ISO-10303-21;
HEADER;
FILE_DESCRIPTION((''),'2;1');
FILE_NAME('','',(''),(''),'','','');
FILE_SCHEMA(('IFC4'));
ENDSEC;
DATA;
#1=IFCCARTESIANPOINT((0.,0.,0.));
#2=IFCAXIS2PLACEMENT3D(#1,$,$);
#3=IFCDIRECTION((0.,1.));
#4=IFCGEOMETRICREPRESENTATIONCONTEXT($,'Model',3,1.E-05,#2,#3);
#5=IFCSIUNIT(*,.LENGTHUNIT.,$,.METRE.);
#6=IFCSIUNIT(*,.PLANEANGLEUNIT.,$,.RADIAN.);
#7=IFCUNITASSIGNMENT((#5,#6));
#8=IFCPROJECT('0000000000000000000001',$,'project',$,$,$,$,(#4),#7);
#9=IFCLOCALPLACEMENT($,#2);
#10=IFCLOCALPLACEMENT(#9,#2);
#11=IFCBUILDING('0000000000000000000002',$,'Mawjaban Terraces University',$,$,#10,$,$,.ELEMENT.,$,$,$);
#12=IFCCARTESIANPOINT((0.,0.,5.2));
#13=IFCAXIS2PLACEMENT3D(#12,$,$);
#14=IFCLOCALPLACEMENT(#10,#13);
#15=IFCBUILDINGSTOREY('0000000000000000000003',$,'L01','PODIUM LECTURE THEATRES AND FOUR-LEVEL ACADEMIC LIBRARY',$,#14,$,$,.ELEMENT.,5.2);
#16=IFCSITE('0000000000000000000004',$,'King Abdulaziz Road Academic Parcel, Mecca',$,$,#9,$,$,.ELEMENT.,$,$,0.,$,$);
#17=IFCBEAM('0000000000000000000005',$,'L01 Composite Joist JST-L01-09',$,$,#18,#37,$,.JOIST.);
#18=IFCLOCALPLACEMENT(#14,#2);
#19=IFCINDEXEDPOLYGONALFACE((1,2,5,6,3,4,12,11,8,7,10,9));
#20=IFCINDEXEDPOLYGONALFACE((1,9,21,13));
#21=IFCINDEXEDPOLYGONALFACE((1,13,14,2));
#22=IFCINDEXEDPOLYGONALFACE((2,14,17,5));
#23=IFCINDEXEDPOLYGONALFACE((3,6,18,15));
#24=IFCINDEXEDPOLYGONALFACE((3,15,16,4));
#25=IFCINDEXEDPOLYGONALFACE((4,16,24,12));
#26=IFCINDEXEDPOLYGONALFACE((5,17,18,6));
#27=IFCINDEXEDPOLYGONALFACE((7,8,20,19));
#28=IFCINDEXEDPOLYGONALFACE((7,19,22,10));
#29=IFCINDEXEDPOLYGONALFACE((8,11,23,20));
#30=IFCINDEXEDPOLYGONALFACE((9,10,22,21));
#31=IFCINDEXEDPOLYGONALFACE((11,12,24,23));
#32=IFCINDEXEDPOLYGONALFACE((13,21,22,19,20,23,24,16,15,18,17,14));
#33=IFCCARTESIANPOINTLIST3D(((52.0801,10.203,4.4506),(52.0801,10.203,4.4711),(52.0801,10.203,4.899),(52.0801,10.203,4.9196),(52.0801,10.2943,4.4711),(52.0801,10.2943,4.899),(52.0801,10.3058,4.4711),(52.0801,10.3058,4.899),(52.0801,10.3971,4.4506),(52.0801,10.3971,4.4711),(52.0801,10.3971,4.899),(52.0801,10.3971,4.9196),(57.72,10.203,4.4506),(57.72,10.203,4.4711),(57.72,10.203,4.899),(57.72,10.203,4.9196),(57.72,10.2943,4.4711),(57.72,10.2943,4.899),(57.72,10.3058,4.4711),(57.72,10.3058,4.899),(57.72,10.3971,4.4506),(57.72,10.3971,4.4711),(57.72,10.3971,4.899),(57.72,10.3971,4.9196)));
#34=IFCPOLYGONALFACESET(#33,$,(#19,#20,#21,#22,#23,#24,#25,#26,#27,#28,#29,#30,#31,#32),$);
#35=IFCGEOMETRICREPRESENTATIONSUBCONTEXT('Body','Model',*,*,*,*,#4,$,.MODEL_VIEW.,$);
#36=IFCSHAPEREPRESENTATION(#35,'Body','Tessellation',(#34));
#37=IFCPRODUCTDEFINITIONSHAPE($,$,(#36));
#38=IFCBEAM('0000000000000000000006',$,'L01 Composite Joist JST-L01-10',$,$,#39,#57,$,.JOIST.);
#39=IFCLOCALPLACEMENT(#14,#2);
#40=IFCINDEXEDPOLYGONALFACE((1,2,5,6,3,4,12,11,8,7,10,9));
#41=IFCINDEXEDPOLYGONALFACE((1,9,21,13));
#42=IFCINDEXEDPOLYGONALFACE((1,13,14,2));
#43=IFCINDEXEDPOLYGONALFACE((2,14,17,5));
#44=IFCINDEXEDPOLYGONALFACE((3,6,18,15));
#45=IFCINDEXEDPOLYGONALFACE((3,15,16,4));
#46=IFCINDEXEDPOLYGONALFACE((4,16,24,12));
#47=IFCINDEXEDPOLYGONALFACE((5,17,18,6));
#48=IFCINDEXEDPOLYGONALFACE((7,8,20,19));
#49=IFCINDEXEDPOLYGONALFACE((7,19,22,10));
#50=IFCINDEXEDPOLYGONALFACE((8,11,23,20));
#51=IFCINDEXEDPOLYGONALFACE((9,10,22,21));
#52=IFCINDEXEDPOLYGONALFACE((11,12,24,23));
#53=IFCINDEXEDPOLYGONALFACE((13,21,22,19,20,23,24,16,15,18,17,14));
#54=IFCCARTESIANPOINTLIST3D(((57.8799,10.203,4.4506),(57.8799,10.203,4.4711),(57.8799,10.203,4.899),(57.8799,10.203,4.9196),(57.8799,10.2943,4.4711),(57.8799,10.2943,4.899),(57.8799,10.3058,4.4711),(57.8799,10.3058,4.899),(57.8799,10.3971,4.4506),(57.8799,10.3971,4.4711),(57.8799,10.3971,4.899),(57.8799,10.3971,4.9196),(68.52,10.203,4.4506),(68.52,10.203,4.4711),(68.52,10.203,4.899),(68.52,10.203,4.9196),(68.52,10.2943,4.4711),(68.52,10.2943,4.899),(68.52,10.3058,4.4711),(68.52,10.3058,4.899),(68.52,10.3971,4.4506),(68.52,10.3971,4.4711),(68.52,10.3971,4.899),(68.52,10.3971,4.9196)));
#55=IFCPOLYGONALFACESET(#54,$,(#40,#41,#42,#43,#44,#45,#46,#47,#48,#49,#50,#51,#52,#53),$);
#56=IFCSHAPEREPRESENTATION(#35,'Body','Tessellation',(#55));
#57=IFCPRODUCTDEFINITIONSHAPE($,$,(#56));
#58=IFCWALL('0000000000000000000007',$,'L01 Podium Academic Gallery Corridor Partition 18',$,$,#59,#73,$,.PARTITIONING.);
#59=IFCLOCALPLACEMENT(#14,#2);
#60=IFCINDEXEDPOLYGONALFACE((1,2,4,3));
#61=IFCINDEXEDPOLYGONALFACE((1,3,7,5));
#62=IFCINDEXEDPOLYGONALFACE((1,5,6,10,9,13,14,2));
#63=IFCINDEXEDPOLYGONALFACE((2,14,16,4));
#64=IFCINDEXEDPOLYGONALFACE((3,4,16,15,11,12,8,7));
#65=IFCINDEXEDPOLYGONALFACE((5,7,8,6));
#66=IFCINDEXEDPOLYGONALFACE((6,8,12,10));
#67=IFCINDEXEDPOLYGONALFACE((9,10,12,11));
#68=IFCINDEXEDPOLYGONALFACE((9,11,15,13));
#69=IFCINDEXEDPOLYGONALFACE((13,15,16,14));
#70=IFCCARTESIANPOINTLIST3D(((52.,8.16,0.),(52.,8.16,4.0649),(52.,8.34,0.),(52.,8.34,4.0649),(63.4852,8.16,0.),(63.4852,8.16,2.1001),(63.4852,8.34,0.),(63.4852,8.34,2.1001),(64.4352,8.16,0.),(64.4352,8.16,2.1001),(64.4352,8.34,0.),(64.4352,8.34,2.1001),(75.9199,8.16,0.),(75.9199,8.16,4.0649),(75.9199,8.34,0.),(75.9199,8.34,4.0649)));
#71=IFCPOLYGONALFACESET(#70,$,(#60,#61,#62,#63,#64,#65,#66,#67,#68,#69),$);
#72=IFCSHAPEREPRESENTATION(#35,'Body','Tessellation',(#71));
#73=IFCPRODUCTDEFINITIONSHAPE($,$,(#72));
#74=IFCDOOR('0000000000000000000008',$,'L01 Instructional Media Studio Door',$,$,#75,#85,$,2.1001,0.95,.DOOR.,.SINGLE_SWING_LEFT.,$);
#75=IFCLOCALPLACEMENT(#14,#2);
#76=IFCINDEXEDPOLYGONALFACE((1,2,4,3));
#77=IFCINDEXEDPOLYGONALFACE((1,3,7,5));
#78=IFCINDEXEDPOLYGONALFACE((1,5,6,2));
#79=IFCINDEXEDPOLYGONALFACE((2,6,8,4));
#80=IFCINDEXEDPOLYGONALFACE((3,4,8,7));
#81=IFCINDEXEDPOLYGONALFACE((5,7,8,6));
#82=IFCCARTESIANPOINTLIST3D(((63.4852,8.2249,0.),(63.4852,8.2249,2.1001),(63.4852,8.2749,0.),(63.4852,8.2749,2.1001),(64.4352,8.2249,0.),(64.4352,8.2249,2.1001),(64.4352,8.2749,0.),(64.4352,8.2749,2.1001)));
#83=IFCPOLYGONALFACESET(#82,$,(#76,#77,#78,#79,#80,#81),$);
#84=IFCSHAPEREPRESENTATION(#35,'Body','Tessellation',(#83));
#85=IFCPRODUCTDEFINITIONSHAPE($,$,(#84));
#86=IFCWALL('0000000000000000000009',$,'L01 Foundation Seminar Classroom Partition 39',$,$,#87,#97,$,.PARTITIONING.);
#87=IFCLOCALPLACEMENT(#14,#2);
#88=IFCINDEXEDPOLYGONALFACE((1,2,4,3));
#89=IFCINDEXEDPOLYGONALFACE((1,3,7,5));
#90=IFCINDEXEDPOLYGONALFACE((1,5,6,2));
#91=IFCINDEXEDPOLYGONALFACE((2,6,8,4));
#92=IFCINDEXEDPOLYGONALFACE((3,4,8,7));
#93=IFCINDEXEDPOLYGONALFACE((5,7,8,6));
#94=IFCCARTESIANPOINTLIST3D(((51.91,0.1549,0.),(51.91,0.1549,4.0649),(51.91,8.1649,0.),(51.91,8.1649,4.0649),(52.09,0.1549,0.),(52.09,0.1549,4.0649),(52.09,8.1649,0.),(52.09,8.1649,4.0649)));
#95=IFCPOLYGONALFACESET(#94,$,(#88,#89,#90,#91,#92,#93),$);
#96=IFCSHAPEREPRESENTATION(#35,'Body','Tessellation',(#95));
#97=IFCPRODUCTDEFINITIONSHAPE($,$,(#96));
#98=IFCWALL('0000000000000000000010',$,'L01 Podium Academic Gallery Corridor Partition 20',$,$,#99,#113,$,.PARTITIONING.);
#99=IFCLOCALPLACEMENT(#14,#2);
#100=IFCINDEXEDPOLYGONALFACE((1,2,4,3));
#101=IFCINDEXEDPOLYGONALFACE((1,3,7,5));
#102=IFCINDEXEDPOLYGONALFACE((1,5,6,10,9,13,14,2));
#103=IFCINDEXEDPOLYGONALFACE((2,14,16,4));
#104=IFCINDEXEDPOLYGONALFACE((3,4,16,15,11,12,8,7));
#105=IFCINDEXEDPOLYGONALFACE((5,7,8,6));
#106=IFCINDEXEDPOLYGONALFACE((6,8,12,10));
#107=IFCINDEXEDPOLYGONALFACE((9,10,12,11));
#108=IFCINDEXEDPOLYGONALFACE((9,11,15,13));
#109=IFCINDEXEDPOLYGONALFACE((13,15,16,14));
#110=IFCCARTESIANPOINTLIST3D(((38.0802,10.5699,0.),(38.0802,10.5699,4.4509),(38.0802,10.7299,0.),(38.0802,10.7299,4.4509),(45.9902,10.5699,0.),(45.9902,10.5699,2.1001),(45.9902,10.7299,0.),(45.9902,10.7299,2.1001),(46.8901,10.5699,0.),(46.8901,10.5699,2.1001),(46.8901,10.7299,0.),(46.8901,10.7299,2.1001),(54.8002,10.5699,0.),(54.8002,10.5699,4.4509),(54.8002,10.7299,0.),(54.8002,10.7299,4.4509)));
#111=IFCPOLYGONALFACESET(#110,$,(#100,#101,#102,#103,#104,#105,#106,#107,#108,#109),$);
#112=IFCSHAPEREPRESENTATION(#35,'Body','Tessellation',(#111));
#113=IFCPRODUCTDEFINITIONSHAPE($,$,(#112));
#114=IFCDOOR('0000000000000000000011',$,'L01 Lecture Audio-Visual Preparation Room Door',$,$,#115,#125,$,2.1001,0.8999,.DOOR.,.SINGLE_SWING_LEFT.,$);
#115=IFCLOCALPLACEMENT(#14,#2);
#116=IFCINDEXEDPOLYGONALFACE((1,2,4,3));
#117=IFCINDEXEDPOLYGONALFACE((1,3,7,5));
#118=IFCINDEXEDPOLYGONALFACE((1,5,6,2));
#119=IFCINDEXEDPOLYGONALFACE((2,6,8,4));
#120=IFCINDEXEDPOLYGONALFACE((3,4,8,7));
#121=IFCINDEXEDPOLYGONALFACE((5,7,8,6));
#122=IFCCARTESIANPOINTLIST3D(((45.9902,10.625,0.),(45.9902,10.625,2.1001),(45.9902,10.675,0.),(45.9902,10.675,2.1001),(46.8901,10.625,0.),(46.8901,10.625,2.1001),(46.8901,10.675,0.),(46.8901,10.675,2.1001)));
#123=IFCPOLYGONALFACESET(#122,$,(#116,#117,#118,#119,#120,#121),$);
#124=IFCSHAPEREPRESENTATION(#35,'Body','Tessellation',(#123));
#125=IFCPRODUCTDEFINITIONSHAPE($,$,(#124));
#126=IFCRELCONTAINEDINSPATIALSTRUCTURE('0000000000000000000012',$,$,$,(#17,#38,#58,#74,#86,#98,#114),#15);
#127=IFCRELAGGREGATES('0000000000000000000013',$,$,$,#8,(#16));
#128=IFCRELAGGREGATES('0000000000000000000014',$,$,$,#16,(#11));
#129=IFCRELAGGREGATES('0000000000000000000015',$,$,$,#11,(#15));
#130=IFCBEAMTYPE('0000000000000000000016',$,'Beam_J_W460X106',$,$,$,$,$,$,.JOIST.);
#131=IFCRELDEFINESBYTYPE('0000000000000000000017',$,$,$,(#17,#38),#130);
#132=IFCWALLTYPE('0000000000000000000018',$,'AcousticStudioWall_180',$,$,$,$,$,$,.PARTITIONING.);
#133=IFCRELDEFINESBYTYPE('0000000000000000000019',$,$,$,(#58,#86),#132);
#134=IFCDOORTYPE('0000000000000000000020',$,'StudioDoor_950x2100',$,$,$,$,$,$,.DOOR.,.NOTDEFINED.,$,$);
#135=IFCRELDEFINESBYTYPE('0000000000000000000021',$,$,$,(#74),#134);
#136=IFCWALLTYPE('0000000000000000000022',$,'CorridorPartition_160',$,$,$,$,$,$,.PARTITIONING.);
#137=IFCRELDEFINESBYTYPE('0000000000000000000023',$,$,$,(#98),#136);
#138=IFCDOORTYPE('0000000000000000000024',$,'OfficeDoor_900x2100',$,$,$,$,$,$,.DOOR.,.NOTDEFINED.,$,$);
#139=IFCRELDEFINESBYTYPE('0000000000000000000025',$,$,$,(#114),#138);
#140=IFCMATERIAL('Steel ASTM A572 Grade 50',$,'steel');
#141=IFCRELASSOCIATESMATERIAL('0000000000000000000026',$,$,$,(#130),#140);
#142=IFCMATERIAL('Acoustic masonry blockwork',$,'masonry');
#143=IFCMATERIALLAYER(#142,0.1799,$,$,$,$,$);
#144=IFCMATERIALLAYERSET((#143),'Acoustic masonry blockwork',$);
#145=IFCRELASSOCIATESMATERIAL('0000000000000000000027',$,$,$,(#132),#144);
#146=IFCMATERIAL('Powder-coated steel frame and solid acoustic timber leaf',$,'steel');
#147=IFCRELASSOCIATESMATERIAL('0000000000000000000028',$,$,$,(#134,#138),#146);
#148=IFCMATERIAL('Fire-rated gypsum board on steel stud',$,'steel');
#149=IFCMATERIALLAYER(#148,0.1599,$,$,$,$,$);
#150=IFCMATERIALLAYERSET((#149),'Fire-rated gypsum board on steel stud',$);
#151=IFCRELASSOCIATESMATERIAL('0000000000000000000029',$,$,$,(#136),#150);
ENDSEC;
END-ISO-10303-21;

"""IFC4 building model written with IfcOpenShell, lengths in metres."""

from ifc_helpers import new_model, si_unit, direction, frame, frame_2d, origin, origin_2d, place, context, subcontext, project, spatial, rectangle, i_section, extrude, material, layer, layer_set, material_profile, profile_set, type_object, element, fill, save


model = new_model("IFC4")

# Units and contexts
model_context = context("Model", 3, precision=1e-05, world=origin(), true_north=direction((0.0, 1.0)))
body_context = subcontext(model_context, "Body", "Model", "MODEL_VIEW")
ifc_project = project(units=[si_unit("LENGTHUNIT", "METRE"), si_unit("PLANEANGLEUNIT", "RADIAN")], contexts=[model_context])

# Site, building, storey
site_placement = place(None, origin())
site = spatial("IfcSite", under=ifc_project, at=site_placement, Name="King Abdulaziz Road Academic Parcel, Mecca", CompositionType="ELEMENT", RefElevation=0.0)
building_placement = place(site_placement, origin())
building = spatial("IfcBuilding", under=site, at=building_placement, Name="Mawjaban Terraces University", CompositionType="ELEMENT")
storey_placement = place(building_placement, frame((0.0, 0.0, 5.2)))
storey = spatial("IfcBuildingStorey", under=building, at=storey_placement, Name="L01", Description="PODIUM LECTURE THEATRES AND FOUR-LEVEL ACADEMIC LIBRARY", CompositionType="ELEMENT", Elevation=5.2)

# Beams
ifc_material_1 = material(Name="Steel ASTM A572 Grade 50", Category="steel")
ifc_material_profile_1 = material_profile(ifc_material_1, i_section(OverallWidth=0.1941, OverallDepth=0.469, WebThickness=0.0115, FlangeThickness=0.0205, at=origin_2d()), Name="W460X106")
ifc_profile_set_1 = profile_set([ifc_material_profile_1], Name="Steel ASTM A572 Grade 50")
beam_type_1 = type_object("IfcBeamType", Name="Beam_J_W460X106", PredefinedType="JOIST", material=ifc_profile_set_1)
beam_1_placement = place(storey_placement, frame((52.0801, 10.3, 4.6851), z_axis=(1.0, 0.0, 0.0), x_axis=(0.0, 1.0, 0.0)))
element("IfcBeam", 1, at=beam_1_placement, inside=storey, type_object=beam_type_1, Name="L01 Composite Joist JST-L01-09", PredefinedType="JOIST", context=body_context, shape_type="SweptSolid", body=[
    extrude(i_section(OverallWidth=0.1941, OverallDepth=0.469, WebThickness=0.0115, FlangeThickness=0.0205, at=origin_2d()), origin(), (0.0, 0.0, 1.0), 5.6399),
])
beam_2_placement = place(storey_placement, frame((57.8799, 10.3, 4.6851), z_axis=(1.0, 0.0, 0.0), x_axis=(0.0, 1.0, 0.0)))
element("IfcBeam", 2, at=beam_2_placement, inside=storey, type_object=beam_type_1, Name="L01 Composite Joist JST-L01-10", PredefinedType="JOIST", context=body_context, shape_type="SweptSolid", body=[
    extrude(i_section(OverallWidth=0.1941, OverallDepth=0.469, WebThickness=0.0115, FlangeThickness=0.0205, at=origin_2d()), origin(), (0.0, 0.0, 1.0), 10.6401),
])

# Wall, opening, door
ifc_material_2 = material(Name="Acoustic masonry blockwork", Category="masonry")
ifc_layer_1 = layer(ifc_material_2, 0.1799)
ifc_layer_set_1 = layer_set([ifc_layer_1], Name="Acoustic masonry blockwork")
wall_type_1 = type_object("IfcWallType", Name="AcousticStudioWall_180", PredefinedType="PARTITIONING", material=ifc_layer_set_1)
wall_1_placement = place(storey_placement, frame((52.0, 8.25, 0.0), z_axis=(0.0, 0.0, 1.0), x_axis=(1.0, 0.0, 0.0)))
wall_1 = element("IfcWall", 3, at=wall_1_placement, inside=storey, type_object=wall_type_1, Name="L01 Podium Academic Gallery Corridor Partition 18", PredefinedType="PARTITIONING", context=body_context, shape_type="SweptSolid", body=[
    extrude(rectangle(XDim=23.9199, YDim=0.1799, at=frame_2d((11.96, 0.0))), origin(), (0.0, 0.0, 1.0), 4.0649),
])
opening_1_placement = place(wall_1_placement, frame((11.4851, 0.0, 0.0)))
opening_1 = element("IfcOpeningElement", 4, at=opening_1_placement, cuts=wall_1, PredefinedType="OPENING", context=body_context, shape_type="SweptSolid", body=[
    extrude(rectangle(XDim=0.95, YDim=2.1001, at=frame_2d((0.4751, 1.05))), frame((0.0, 0.0999, 0.0), z_axis=(0.0, -1.0, 0.0), x_axis=(1.0, 0.0, 0.0)), (0.0, 0.0, 1.0), 0.2),
])
ifc_material_3 = material(Name="Powder-coated steel frame and solid acoustic timber leaf", Category="steel")
door_type_1 = type_object("IfcDoorType", Name="StudioDoor_950x2100", OperationType="NOTDEFINED", PredefinedType="DOOR", material=ifc_material_3)
door_1_placement = place(opening_1_placement, origin())
door_1 = element("IfcDoor", 5, at=door_1_placement, inside=storey, type_object=door_type_1, Name="L01 Instructional Media Studio Door", OperationType="SINGLE_SWING_LEFT", OverallHeight=2.1001, OverallWidth=0.95, PredefinedType="DOOR", context=body_context, shape_type="SweptSolid", body=[
    extrude(rectangle(XDim=0.95, YDim=2.1001, at=frame_2d((0.4751, 1.05))), frame((0.0, 0.0249, 0.0), z_axis=(0.0, -1.0, 0.0), x_axis=(1.0, 0.0, 0.0)), (0.0, 0.0, 1.0), 0.05),
])
fill(opening_1, door_1)

# Wall
wall_2_placement = place(storey_placement, frame((52.0, 0.155, 0.0), z_axis=(0.0, 0.0, 1.0), x_axis=(0.0, 1.0, 0.0)))
element("IfcWall", 6, at=wall_2_placement, inside=storey, type_object=wall_type_1, Name="L01 Foundation Seminar Classroom Partition 39", PredefinedType="PARTITIONING", context=body_context, shape_type="SweptSolid", body=[
    extrude(rectangle(XDim=8.01, YDim=0.1799, at=frame_2d((4.0049, 0.0))), origin(), (0.0, 0.0, 1.0), 4.0649),
])

# Wall, opening, door
ifc_material_4 = material(Name="Fire-rated gypsum board on steel stud", Category="steel")
ifc_layer_2 = layer(ifc_material_4, 0.1599)
ifc_layer_set_2 = layer_set([ifc_layer_2], Name="Fire-rated gypsum board on steel stud")
wall_type_2 = type_object("IfcWallType", Name="CorridorPartition_160", PredefinedType="PARTITIONING", material=ifc_layer_set_2)
wall_3_placement = place(storey_placement, frame((54.8, 10.6499, 0.0), z_axis=(0.0, 0.0, 1.0), x_axis=(-1.0, 0.0, 0.0)))
wall_3 = element("IfcWall", 7, at=wall_3_placement, inside=storey, type_object=wall_type_2, Name="L01 Podium Academic Gallery Corridor Partition 20", PredefinedType="PARTITIONING", context=body_context, shape_type="SweptSolid", body=[
    extrude(rectangle(XDim=16.72, YDim=0.1599, at=frame_2d((8.3599, 0.0))), origin(), (0.0, 0.0, 1.0), 4.4509),
])
opening_2_placement = place(wall_3_placement, frame((7.9099, 0.0, 0.0)))
opening_2 = element("IfcOpeningElement", 8, at=opening_2_placement, cuts=wall_3, PredefinedType="OPENING", context=body_context, shape_type="SweptSolid", body=[
    extrude(rectangle(XDim=0.8999, YDim=2.1001, at=frame_2d((0.45, 1.05))), frame((0.0, 0.0898, 0.0), z_axis=(0.0, -1.0, 0.0), x_axis=(1.0, 0.0, 0.0)), (0.0, 0.0, 1.0), 0.1799),
])
door_type_2 = type_object("IfcDoorType", Name="OfficeDoor_900x2100", OperationType="NOTDEFINED", PredefinedType="DOOR", material=ifc_material_3)
door_2_placement = place(opening_2_placement, origin())
door_2 = element("IfcDoor", 9, at=door_2_placement, inside=storey, type_object=door_type_2, Name="L01 Lecture Audio-Visual Preparation Room Door", OperationType="SINGLE_SWING_LEFT", OverallHeight=2.1001, OverallWidth=0.8999, PredefinedType="DOOR", context=body_context, shape_type="SweptSolid", body=[
    extrude(rectangle(XDim=0.8999, YDim=2.1001, at=frame_2d((0.45, 1.05))), frame((0.0, 0.0249, 0.0), z_axis=(0.0, -1.0, 0.0), x_axis=(1.0, 0.0, 0.0)), (0.0, 0.0, 1.0), 0.05),
])
fill(opening_2, door_2)

save(model, "model.ifc")
